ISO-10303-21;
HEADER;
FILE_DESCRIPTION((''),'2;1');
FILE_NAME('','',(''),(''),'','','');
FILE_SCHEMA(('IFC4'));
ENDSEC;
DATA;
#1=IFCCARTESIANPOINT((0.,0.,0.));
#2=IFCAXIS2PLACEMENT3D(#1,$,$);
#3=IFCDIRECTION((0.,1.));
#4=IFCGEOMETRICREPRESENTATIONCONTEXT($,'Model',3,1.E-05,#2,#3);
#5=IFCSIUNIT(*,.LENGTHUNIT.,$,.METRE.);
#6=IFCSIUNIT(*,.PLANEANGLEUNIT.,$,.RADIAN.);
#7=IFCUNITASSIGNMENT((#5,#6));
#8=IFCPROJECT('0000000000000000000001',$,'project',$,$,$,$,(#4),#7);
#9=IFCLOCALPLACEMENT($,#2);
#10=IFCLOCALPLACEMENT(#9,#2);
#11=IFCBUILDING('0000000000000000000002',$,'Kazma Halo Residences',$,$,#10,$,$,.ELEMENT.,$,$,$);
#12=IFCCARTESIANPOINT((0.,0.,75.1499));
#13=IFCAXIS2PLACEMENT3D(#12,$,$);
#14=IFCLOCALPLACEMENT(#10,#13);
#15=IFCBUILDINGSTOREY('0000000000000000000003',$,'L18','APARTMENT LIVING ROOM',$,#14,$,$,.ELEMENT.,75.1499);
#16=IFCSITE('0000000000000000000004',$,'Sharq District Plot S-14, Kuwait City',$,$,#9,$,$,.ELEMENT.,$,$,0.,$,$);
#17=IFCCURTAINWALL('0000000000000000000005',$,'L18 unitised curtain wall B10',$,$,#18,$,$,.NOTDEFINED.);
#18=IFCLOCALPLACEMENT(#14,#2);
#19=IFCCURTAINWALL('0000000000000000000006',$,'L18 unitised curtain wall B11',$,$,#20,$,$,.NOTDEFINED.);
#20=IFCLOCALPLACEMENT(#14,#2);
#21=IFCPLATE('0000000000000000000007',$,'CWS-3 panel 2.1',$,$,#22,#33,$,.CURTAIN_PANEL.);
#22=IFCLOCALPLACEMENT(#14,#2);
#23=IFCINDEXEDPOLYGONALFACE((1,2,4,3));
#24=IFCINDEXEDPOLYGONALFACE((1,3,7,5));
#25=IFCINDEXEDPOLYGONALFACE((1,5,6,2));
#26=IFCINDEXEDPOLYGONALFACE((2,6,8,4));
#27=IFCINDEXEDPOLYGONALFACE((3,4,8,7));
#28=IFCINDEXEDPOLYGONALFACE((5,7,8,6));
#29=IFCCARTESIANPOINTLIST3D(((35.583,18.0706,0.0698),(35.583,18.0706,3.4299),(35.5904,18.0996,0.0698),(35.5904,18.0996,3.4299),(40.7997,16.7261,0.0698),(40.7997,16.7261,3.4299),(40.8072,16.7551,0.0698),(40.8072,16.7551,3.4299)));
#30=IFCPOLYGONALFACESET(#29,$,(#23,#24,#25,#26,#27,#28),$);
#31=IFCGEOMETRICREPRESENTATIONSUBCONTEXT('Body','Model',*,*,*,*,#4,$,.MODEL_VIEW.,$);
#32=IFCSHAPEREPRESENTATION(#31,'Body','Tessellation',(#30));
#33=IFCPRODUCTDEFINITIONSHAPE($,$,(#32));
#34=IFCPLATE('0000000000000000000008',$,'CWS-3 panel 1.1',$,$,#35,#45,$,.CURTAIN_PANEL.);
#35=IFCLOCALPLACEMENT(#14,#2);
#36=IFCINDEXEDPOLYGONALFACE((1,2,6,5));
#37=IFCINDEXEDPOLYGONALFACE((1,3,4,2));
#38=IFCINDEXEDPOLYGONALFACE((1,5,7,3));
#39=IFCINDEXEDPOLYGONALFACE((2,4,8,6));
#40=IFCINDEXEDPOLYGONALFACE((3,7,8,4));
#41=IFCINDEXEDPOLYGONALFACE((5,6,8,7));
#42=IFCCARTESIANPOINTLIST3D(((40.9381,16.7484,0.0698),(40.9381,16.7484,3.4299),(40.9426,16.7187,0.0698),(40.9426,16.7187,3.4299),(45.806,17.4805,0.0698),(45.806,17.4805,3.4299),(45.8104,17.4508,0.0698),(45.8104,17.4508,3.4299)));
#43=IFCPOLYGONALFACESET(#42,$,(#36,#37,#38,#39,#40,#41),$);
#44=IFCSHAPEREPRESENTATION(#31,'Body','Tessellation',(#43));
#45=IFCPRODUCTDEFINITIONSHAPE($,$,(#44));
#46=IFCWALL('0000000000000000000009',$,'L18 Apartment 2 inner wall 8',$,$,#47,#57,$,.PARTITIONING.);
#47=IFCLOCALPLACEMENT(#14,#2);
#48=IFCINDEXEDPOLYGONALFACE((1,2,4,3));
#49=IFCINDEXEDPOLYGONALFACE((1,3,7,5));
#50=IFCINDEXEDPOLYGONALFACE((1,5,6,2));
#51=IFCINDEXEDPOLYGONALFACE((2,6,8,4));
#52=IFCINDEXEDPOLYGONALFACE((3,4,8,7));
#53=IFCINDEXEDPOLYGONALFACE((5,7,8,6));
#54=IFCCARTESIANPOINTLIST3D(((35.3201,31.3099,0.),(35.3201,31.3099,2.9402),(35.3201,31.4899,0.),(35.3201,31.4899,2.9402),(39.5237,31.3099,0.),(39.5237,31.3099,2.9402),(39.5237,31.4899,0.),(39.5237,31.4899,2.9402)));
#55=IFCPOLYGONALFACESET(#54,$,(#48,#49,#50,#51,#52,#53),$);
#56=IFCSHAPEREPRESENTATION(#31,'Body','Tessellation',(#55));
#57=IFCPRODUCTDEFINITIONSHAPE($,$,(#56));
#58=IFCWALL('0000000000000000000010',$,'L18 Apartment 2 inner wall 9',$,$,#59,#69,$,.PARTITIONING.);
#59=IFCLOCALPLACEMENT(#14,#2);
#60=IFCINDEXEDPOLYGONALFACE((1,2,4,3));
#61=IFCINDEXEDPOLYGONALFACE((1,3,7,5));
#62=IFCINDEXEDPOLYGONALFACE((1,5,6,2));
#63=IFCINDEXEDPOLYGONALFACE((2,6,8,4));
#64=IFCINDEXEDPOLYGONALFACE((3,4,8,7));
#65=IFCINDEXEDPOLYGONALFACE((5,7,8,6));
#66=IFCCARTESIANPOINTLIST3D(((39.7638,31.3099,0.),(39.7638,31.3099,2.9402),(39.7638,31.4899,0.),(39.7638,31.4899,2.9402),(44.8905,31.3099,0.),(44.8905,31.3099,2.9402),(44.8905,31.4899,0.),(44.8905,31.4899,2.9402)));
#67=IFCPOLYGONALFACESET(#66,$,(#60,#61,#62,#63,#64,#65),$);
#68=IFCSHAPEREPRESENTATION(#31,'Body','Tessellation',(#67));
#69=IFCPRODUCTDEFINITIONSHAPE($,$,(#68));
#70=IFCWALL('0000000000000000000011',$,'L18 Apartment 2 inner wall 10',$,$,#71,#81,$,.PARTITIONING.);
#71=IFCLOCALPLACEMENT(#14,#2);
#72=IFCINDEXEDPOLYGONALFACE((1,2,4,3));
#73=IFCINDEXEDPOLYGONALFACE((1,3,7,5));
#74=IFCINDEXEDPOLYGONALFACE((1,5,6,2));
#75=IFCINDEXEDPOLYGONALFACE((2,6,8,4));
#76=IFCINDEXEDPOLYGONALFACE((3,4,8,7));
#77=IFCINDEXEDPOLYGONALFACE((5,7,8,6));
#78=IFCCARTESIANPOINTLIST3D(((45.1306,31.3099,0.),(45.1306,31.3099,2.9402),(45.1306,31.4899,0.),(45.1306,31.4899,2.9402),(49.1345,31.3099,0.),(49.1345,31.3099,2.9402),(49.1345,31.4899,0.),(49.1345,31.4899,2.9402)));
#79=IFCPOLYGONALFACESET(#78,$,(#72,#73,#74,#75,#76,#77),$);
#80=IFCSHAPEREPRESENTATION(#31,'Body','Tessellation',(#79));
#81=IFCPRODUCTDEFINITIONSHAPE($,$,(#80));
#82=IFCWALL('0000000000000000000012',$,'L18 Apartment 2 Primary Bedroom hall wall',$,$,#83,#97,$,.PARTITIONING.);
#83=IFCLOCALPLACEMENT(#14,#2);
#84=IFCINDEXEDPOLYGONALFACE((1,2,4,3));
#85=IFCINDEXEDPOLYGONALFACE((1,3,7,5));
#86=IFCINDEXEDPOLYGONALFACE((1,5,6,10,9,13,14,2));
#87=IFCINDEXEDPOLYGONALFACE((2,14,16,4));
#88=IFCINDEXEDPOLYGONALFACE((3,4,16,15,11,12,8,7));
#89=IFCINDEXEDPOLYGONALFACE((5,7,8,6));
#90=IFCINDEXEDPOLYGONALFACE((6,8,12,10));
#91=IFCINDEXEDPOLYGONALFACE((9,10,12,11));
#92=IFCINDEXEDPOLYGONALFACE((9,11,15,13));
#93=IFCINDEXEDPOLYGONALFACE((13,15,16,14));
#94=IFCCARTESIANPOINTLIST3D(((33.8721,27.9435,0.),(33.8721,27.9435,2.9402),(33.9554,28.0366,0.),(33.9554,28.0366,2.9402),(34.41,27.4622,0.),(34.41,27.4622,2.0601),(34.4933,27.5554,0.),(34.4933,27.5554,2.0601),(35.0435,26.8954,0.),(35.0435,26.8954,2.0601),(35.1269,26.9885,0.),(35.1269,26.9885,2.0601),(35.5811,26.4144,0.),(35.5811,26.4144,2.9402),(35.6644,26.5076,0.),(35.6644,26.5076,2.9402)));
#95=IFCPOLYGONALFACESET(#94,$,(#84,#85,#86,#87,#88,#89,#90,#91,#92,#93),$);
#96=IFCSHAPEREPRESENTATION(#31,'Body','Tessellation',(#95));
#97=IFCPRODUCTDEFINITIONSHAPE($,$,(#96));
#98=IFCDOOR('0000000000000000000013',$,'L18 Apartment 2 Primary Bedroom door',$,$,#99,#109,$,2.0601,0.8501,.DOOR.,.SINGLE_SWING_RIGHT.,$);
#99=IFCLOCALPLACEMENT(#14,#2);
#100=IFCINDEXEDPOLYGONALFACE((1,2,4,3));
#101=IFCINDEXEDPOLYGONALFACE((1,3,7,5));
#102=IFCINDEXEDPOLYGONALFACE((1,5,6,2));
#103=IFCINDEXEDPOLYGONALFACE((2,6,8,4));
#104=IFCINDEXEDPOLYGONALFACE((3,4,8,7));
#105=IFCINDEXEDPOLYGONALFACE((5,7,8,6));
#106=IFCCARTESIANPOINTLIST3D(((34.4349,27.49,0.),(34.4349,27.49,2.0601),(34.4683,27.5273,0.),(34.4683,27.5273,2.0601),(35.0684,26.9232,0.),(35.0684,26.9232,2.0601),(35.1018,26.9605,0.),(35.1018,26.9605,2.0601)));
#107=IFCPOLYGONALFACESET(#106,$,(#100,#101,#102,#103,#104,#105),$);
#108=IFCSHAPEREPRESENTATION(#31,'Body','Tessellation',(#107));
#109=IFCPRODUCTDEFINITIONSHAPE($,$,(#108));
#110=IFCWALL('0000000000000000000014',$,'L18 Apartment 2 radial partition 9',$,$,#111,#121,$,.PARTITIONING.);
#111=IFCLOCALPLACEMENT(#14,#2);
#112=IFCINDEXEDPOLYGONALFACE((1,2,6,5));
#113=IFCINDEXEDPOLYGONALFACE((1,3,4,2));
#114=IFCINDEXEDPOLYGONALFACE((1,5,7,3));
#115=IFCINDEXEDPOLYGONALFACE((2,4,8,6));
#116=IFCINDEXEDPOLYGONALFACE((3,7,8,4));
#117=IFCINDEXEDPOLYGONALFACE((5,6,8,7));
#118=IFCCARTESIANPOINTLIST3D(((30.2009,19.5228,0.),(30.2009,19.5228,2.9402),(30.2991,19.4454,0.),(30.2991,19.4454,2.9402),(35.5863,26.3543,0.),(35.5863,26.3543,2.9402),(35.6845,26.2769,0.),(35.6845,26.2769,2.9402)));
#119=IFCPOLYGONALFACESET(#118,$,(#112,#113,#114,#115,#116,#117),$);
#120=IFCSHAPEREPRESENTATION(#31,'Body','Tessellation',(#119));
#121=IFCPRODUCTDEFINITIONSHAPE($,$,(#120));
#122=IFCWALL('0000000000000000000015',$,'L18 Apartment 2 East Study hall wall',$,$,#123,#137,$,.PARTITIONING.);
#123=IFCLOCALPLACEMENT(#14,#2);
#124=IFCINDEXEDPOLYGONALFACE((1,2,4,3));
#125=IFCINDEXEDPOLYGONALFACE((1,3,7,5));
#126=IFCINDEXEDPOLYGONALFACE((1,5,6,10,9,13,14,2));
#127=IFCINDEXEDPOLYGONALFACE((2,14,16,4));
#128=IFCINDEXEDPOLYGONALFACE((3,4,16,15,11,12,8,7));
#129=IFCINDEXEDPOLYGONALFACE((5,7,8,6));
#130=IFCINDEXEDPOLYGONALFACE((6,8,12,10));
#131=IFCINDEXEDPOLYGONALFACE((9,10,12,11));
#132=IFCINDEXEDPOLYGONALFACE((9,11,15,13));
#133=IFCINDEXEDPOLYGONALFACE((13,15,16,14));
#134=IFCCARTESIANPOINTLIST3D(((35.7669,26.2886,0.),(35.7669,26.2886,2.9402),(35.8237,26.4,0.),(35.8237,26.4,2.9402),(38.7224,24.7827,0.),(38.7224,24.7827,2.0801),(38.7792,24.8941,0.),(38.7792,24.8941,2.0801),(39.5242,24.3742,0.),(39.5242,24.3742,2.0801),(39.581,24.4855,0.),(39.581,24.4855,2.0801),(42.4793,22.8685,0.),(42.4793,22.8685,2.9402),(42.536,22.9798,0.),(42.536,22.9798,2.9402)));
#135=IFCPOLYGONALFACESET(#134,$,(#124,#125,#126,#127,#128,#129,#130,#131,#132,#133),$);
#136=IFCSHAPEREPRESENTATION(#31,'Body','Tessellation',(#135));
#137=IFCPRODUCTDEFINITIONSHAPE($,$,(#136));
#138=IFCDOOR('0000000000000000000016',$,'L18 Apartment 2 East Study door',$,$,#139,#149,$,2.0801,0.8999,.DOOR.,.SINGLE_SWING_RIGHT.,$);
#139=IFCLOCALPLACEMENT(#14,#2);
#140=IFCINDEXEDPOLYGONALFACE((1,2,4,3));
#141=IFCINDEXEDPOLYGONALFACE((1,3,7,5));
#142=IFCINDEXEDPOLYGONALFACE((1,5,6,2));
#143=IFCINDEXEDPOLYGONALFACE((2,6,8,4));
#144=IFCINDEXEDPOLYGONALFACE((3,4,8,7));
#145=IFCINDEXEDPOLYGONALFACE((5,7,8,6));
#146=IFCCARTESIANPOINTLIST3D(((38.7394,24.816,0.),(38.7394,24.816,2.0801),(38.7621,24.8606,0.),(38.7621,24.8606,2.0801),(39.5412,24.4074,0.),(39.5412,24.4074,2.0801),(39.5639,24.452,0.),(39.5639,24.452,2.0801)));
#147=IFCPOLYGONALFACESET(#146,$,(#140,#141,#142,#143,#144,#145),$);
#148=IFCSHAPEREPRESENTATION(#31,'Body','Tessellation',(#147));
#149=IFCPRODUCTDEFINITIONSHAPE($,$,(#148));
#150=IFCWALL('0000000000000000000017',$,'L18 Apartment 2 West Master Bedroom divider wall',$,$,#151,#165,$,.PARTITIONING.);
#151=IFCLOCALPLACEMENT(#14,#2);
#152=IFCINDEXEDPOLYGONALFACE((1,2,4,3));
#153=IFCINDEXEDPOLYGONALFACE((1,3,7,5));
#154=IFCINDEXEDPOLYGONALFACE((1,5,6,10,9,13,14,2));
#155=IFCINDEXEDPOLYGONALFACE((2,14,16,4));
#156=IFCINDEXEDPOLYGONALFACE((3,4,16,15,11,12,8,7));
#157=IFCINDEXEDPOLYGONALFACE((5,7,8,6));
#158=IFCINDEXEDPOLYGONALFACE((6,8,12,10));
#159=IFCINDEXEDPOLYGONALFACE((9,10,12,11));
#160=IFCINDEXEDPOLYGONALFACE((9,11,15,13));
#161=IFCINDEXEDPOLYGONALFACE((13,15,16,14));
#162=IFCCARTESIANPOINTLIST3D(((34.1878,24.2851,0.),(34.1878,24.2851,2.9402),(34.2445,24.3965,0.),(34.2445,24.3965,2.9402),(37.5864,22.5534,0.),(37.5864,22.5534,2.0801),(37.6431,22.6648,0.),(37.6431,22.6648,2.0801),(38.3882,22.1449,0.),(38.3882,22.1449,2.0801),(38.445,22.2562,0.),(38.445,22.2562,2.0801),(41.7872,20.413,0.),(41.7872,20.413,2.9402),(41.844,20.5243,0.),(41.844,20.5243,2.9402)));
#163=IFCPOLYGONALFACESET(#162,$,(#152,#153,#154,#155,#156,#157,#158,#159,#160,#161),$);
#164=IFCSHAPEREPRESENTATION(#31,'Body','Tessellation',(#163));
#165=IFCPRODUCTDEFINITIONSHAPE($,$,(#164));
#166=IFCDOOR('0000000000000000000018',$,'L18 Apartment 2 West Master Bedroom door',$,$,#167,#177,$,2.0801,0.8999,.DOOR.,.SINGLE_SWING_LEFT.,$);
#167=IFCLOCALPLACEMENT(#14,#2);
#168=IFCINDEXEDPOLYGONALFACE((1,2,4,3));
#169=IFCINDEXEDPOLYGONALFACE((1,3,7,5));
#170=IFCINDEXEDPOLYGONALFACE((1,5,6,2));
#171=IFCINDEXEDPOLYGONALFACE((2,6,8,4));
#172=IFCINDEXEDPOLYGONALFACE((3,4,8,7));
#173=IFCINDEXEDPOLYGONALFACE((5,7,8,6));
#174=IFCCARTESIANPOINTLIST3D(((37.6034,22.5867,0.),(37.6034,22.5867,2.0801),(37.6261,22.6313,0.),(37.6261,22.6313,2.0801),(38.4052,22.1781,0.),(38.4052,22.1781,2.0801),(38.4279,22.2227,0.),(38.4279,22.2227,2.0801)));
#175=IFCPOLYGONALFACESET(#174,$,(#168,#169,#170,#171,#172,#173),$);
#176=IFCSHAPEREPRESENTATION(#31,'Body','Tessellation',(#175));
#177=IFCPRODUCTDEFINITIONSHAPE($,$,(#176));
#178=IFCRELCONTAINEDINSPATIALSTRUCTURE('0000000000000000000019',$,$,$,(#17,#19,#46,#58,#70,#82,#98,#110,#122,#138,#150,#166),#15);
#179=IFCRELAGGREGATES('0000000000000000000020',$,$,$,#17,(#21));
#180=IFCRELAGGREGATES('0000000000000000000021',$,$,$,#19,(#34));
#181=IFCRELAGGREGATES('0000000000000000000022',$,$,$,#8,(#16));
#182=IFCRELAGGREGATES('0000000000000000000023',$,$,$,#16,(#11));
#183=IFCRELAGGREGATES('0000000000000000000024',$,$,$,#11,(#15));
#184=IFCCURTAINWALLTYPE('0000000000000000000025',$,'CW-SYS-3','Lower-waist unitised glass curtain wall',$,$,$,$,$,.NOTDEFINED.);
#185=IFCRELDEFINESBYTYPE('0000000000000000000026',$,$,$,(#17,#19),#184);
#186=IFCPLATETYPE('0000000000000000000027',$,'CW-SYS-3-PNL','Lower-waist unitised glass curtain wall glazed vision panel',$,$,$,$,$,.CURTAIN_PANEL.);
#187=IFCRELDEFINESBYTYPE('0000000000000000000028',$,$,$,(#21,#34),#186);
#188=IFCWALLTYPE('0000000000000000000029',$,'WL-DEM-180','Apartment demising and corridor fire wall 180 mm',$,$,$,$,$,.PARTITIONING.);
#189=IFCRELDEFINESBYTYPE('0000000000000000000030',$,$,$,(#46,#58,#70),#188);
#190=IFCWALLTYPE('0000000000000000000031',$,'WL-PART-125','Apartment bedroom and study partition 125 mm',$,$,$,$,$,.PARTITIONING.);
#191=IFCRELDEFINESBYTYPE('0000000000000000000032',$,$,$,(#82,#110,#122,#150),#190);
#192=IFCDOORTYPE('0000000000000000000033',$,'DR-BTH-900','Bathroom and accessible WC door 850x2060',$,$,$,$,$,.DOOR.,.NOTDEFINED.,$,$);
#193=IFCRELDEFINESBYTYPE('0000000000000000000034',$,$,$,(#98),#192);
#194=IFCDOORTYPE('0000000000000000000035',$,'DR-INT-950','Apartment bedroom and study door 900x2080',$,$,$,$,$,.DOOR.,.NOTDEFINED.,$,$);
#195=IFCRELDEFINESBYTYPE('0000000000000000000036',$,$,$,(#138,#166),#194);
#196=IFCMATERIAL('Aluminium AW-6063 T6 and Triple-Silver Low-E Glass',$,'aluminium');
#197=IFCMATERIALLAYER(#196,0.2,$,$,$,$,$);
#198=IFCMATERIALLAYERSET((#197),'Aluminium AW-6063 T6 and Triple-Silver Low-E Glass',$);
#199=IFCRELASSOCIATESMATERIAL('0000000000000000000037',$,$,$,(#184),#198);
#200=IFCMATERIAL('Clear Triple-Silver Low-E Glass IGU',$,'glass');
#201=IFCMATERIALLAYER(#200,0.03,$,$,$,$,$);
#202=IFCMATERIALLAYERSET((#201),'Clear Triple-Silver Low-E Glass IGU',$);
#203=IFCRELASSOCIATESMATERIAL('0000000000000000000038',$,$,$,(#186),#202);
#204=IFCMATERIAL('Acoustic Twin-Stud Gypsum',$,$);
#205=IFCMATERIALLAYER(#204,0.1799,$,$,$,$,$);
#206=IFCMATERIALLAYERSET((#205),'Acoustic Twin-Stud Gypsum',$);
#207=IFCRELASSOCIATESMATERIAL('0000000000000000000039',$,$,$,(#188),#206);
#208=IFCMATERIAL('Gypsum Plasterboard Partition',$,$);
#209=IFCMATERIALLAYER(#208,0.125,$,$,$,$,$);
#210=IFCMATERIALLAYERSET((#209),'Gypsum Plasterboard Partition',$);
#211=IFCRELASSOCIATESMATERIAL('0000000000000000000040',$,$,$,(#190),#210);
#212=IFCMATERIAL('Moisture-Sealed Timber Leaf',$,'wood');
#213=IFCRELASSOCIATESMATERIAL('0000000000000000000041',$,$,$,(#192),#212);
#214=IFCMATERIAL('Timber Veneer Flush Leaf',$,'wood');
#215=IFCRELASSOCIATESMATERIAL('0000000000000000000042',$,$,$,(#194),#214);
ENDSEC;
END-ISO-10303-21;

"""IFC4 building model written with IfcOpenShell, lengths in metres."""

from ifc_helpers import new_model, si_unit, direction, frame, frame_2d, origin, origin_2d, place, context, subcontext, project, spatial, rectangle, extrude, material, layer, layer_set, type_object, element, fill, aggregate, save


model = new_model("IFC4")

# Units and contexts
model_context = context("Model", 3, precision=1e-05, world=origin(), true_north=direction((0.0, 1.0)))
body_context = subcontext(model_context, "Body", "Model", "MODEL_VIEW")
ifc_project = project(units=[si_unit("LENGTHUNIT", "METRE"), si_unit("PLANEANGLEUNIT", "RADIAN")], contexts=[model_context])

# Site, building, storey
site_placement = place(None, origin())
site = spatial("IfcSite", under=ifc_project, at=site_placement, Name="Sharq District Plot S-14, Kuwait City", CompositionType="ELEMENT", RefElevation=0.0)
building_placement = place(site_placement, origin())
building = spatial("IfcBuilding", under=site, at=building_placement, Name="Kazma Halo Residences", CompositionType="ELEMENT")
storey_placement = place(building_placement, frame((0.0, 0.0, 75.1499)))
storey = spatial("IfcBuildingStorey", under=building, at=storey_placement, Name="L18", Description="APARTMENT LIVING ROOM", CompositionType="ELEMENT", Elevation=75.1499)

# Curtain walls
ifc_material_1 = material(Name="Aluminium AW-6063 T6 and Triple-Silver Low-E Glass", Category="aluminium")
ifc_layer_1 = layer(ifc_material_1, 0.2)
ifc_layer_set_1 = layer_set([ifc_layer_1], Name="Aluminium AW-6063 T6 and Triple-Silver Low-E Glass")
curtain_wall_type = type_object("IfcCurtainWallType", Name="CW-SYS-3", Description="Lower-waist unitised glass curtain wall", PredefinedType="NOTDEFINED", material=ifc_layer_set_1)
curtain_wall_1_placement = place(storey_placement, origin())
curtain_wall_1 = element("IfcCurtainWall", 1, at=curtain_wall_1_placement, inside=storey, type_object=curtain_wall_type, Name="L18 unitised curtain wall B10", PredefinedType="NOTDEFINED")
curtain_wall_2_placement = place(storey_placement, origin())
curtain_wall_2 = element("IfcCurtainWall", 2, at=curtain_wall_2_placement, inside=storey, type_object=curtain_wall_type, Name="L18 unitised curtain wall B11", PredefinedType="NOTDEFINED")

# Plates
ifc_material_2 = material(Name="Clear Triple-Silver Low-E Glass IGU", Category="glass")
ifc_layer_2 = layer(ifc_material_2, 0.03)
ifc_layer_set_2 = layer_set([ifc_layer_2], Name="Clear Triple-Silver Low-E Glass IGU")
plate_type = type_object("IfcPlateType", Name="CW-SYS-3-PNL", Description="Lower-waist unitised glass curtain wall glazed vision panel", PredefinedType="CURTAIN_PANEL", material=ifc_layer_set_2)
plate_1_placement = place(storey_placement, frame((38.1951, 17.4128, 0.0698), z_axis=(0.0, 0.0, 1.0), x_axis=(0.968356, -0.249572, 0.0)))
plate_1 = element("IfcPlate", 3, at=plate_1_placement, type_object=plate_type, Name="CWS-3 panel 2.1", PredefinedType="CURTAIN_PANEL", context=body_context, shape_type="SweptSolid", body=[
    extrude(rectangle(XDim=5.3872, YDim=0.03, at=origin_2d()), origin(), (0.0, 0.0, 1.0), 3.3601),
])
aggregate(curtain_wall_1, [plate_1])
plate_2_placement = place(storey_placement, frame((43.3743, 17.0996, 0.0698), z_axis=(0.0, 0.0, 1.0), x_axis=(0.98888, 0.148717, 0.0)))
plate_2 = element("IfcPlate", 4, at=plate_2_placement, type_object=plate_type, Name="CWS-3 panel 1.1", PredefinedType="CURTAIN_PANEL", context=body_context, shape_type="SweptSolid", body=[
    extrude(rectangle(XDim=4.9226, YDim=0.03, at=origin_2d()), origin(), (0.0, 0.0, 1.0), 3.3601),
])
aggregate(curtain_wall_2, [plate_2])

# Walls
ifc_material_3 = material(Name="Acoustic Twin-Stud Gypsum")
ifc_layer_3 = layer(ifc_material_3, 0.1799)
ifc_layer_set_3 = layer_set([ifc_layer_3], Name="Acoustic Twin-Stud Gypsum")
wall_type_1 = type_object("IfcWallType", Name="WL-DEM-180", Description="Apartment demising and corridor fire wall 180 mm", PredefinedType="PARTITIONING", material=ifc_layer_set_3)
wall_1_placement = place(storey_placement, frame((35.3201, 31.3999, 0.0), z_axis=(0.0, 0.0, 1.0), x_axis=(1.0, 0.0, 0.0)))
element("IfcWall", 5, at=wall_1_placement, inside=storey, type_object=wall_type_1, Name="L18 Apartment 2 inner wall 8", PredefinedType="PARTITIONING", context=body_context, shape_type="SweptSolid", body=[
    extrude(rectangle(XDim=4.2036, YDim=0.1799, at=frame_2d((2.1018, 0.0))), origin(), (0.0, 0.0, 1.0), 2.9402),
])
wall_2_placement = place(storey_placement, frame((39.7637, 31.3999, 0.0), z_axis=(0.0, 0.0, 1.0), x_axis=(1.0, 0.0, 0.0)))
element("IfcWall", 6, at=wall_2_placement, inside=storey, type_object=wall_type_1, Name="L18 Apartment 2 inner wall 9", PredefinedType="PARTITIONING", context=body_context, shape_type="SweptSolid", body=[
    extrude(rectangle(XDim=5.1267, YDim=0.1799, at=frame_2d((2.5635, 0.0))), origin(), (0.0, 0.0, 1.0), 2.9402),
])
wall_3_placement = place(storey_placement, frame((45.1306, 31.3999, 0.0), z_axis=(0.0, 0.0, 1.0), x_axis=(1.0, 0.0, 0.0)))
element("IfcWall", 7, at=wall_3_placement, inside=storey, type_object=wall_type_1, Name="L18 Apartment 2 inner wall 10", PredefinedType="PARTITIONING", context=body_context, shape_type="SweptSolid", body=[
    extrude(rectangle(XDim=4.0039, YDim=0.1799, at=frame_2d((2.002, 0.0))), origin(), (0.0, 0.0, 1.0), 2.9402),
])

# Wall, opening, door
ifc_material_4 = material(Name="Gypsum Plasterboard Partition")
ifc_layer_4 = layer(ifc_material_4, 0.125)
ifc_layer_set_4 = layer_set([ifc_layer_4], Name="Gypsum Plasterboard Partition")
wall_type_2 = type_object("IfcWallType", Name="WL-PART-125", Description="Apartment bedroom and study partition 125 mm", PredefinedType="PARTITIONING", material=ifc_layer_set_4)
wall_4_placement = place(storey_placement, frame((33.9138, 27.99, 0.0), z_axis=(0.0, 0.0, 1.0), x_axis=(0.74525, -0.666786, 0.0)))
wall_4 = element("IfcWall", 8, at=wall_4_placement, inside=storey, type_object=wall_type_2, Name="L18 Apartment 2 Primary Bedroom hall wall", PredefinedType="PARTITIONING", context=body_context, shape_type="SweptSolid", body=[
    extrude(rectangle(XDim=2.2932, YDim=0.125, at=frame_2d((1.1465, 0.0))), origin(), (0.0, 0.0, 1.0), 2.9402),
])
opening_1_placement = place(wall_4_placement, frame((0.7217, 0.0, 0.0)))
opening_1 = element("IfcOpeningElement", 9, at=opening_1_placement, cuts=wall_4, PredefinedType="OPENING", context=body_context, shape_type="SweptSolid", body=[
    extrude(rectangle(XDim=0.8501, YDim=2.0601, at=frame_2d((0.425, 1.03))), frame((0.0, 0.0725, 0.0), z_axis=(0.0, -1.0, 0.0), x_axis=(1.0, 0.0, 0.0)), (0.0, 0.0, 1.0), 0.145),
])
ifc_material_5 = material(Name="Moisture-Sealed Timber Leaf", Category="wood")
door_type_1 = type_object("IfcDoorType", Name="DR-BTH-900", Description="Bathroom and accessible WC door 850x2060", OperationType="NOTDEFINED", PredefinedType="DOOR", material=ifc_material_5)
door_1_placement = place(opening_1_placement, origin())
door_1 = element("IfcDoor", 10, at=door_1_placement, inside=storey, type_object=door_type_1, Name="L18 Apartment 2 Primary Bedroom door", OperationType="SINGLE_SWING_RIGHT", OverallHeight=2.0601, OverallWidth=0.8501, PredefinedType="DOOR", context=body_context, shape_type="SweptSolid", body=[
    extrude(rectangle(XDim=0.8501, YDim=2.0601, at=frame_2d((0.425, 1.03))), frame((0.0, 0.0249, 0.0), z_axis=(0.0, -1.0, 0.0), x_axis=(1.0, 0.0, 0.0)), (0.0, 0.0, 1.0), 0.05),
])
fill(opening_1, door_1)

# Wall
wall_5_placement = place(storey_placement, frame((35.6355, 26.3157, 0.0), z_axis=(0.0, 0.0, 1.0), x_axis=(-0.61909, -0.78532, 0.0)))
element("IfcWall", 11, at=wall_5_placement, inside=storey, type_object=wall_type_2, Name="L18 Apartment 2 radial partition 9", PredefinedType="PARTITIONING", context=body_context, shape_type="SweptSolid", body=[
    extrude(rectangle(XDim=8.699, YDim=0.125, at=frame_2d((4.3496, 0.0))), origin(), (0.0, 0.0, 1.0), 2.9402),
])

# Walls, openings, doors
wall_6_placement = place(storey_placement, frame((35.7954, 26.3442, 0.0), z_axis=(0.0, 0.0, 1.0), x_axis=(0.891005, -0.453993, 0.0)))
wall_6 = element("IfcWall", 12, at=wall_6_placement, inside=storey, type_object=wall_type_2, Name="L18 Apartment 2 East Study hall wall", PredefinedType="PARTITIONING", context=body_context, shape_type="SweptSolid", body=[
    extrude(rectangle(XDim=7.5334, YDim=0.125, at=frame_2d((3.7666, 0.0))), origin(), (0.0, 0.0, 1.0), 2.9402),
])
opening_2_placement = place(wall_6_placement, frame((3.3169, 0.0, 0.0)))
opening_2 = element("IfcOpeningElement", 13, at=opening_2_placement, cuts=wall_6, PredefinedType="OPENING", context=body_context, shape_type="SweptSolid", body=[
    extrude(rectangle(XDim=0.8999, YDim=2.0801, at=frame_2d((0.45, 1.04))), frame((0.0, 0.0725, 0.0), z_axis=(0.0, -1.0, 0.0), x_axis=(1.0, 0.0, 0.0)), (0.0, 0.0, 1.0), 0.145),
])
ifc_material_6 = material(Name="Timber Veneer Flush Leaf", Category="wood")
door_type_2 = type_object("IfcDoorType", Name="DR-INT-950", Description="Apartment bedroom and study door 900x2080", OperationType="NOTDEFINED", PredefinedType="DOOR", material=ifc_material_6)
door_2_placement = place(opening_2_placement, origin())
door_2 = element("IfcDoor", 14, at=door_2_placement, inside=storey, type_object=door_type_2, Name="L18 Apartment 2 East Study door", OperationType="SINGLE_SWING_RIGHT", OverallHeight=2.0801, OverallWidth=0.8999, PredefinedType="DOOR", context=body_context, shape_type="SweptSolid", body=[
    extrude(rectangle(XDim=0.8999, YDim=2.0801, at=frame_2d((0.45, 1.04))), frame((0.0, 0.0249, 0.0), z_axis=(0.0, -1.0, 0.0), x_axis=(1.0, 0.0, 0.0)), (0.0, 0.0, 1.0), 0.05),
])
fill(opening_2, door_2)
wall_7_placement = place(storey_placement, frame((34.2161, 24.3408, 0.0), z_axis=(0.0, 0.0, 1.0), x_axis=(0.891007, -0.453991, 0.0)))
wall_7 = element("IfcWall", 15, at=wall_7_placement, inside=storey, type_object=wall_type_2, Name="L18 Apartment 2 West Master Bedroom divider wall", PredefinedType="PARTITIONING", context=body_context, shape_type="SweptSolid", body=[
    extrude(rectangle(XDim=8.5291, YDim=0.125, at=frame_2d((4.2646, 0.0))), origin(), (0.0, 0.0, 1.0), 2.9402),
])
opening_3_placement = place(wall_7_placement, frame((3.8145, 0.0, 0.0)))
opening_3 = element("IfcOpeningElement", 16, at=opening_3_placement, cuts=wall_7, PredefinedType="OPENING", context=body_context, shape_type="SweptSolid", body=[
    extrude(rectangle(XDim=0.8999, YDim=2.0801, at=frame_2d((0.45, 1.04))), frame((0.0, 0.0725, 0.0), z_axis=(0.0, -1.0, 0.0), x_axis=(1.0, 0.0, 0.0)), (0.0, 0.0, 1.0), 0.145),
])
door_3_placement = place(opening_3_placement, origin())
door_3 = element("IfcDoor", 17, at=door_3_placement, inside=storey, type_object=door_type_2, Name="L18 Apartment 2 West Master Bedroom door", OperationType="SINGLE_SWING_LEFT", OverallHeight=2.0801, OverallWidth=0.8999, PredefinedType="DOOR", context=body_context, shape_type="SweptSolid", body=[
    extrude(rectangle(XDim=0.8999, YDim=2.0801, at=frame_2d((0.45, 1.04))), frame((0.0, 0.0249, 0.0), z_axis=(0.0, -1.0, 0.0), x_axis=(1.0, 0.0, 0.0)), (0.0, 0.0, 1.0), 0.05),
])
fill(opening_3, door_3)

save(model, "model.ifc")
